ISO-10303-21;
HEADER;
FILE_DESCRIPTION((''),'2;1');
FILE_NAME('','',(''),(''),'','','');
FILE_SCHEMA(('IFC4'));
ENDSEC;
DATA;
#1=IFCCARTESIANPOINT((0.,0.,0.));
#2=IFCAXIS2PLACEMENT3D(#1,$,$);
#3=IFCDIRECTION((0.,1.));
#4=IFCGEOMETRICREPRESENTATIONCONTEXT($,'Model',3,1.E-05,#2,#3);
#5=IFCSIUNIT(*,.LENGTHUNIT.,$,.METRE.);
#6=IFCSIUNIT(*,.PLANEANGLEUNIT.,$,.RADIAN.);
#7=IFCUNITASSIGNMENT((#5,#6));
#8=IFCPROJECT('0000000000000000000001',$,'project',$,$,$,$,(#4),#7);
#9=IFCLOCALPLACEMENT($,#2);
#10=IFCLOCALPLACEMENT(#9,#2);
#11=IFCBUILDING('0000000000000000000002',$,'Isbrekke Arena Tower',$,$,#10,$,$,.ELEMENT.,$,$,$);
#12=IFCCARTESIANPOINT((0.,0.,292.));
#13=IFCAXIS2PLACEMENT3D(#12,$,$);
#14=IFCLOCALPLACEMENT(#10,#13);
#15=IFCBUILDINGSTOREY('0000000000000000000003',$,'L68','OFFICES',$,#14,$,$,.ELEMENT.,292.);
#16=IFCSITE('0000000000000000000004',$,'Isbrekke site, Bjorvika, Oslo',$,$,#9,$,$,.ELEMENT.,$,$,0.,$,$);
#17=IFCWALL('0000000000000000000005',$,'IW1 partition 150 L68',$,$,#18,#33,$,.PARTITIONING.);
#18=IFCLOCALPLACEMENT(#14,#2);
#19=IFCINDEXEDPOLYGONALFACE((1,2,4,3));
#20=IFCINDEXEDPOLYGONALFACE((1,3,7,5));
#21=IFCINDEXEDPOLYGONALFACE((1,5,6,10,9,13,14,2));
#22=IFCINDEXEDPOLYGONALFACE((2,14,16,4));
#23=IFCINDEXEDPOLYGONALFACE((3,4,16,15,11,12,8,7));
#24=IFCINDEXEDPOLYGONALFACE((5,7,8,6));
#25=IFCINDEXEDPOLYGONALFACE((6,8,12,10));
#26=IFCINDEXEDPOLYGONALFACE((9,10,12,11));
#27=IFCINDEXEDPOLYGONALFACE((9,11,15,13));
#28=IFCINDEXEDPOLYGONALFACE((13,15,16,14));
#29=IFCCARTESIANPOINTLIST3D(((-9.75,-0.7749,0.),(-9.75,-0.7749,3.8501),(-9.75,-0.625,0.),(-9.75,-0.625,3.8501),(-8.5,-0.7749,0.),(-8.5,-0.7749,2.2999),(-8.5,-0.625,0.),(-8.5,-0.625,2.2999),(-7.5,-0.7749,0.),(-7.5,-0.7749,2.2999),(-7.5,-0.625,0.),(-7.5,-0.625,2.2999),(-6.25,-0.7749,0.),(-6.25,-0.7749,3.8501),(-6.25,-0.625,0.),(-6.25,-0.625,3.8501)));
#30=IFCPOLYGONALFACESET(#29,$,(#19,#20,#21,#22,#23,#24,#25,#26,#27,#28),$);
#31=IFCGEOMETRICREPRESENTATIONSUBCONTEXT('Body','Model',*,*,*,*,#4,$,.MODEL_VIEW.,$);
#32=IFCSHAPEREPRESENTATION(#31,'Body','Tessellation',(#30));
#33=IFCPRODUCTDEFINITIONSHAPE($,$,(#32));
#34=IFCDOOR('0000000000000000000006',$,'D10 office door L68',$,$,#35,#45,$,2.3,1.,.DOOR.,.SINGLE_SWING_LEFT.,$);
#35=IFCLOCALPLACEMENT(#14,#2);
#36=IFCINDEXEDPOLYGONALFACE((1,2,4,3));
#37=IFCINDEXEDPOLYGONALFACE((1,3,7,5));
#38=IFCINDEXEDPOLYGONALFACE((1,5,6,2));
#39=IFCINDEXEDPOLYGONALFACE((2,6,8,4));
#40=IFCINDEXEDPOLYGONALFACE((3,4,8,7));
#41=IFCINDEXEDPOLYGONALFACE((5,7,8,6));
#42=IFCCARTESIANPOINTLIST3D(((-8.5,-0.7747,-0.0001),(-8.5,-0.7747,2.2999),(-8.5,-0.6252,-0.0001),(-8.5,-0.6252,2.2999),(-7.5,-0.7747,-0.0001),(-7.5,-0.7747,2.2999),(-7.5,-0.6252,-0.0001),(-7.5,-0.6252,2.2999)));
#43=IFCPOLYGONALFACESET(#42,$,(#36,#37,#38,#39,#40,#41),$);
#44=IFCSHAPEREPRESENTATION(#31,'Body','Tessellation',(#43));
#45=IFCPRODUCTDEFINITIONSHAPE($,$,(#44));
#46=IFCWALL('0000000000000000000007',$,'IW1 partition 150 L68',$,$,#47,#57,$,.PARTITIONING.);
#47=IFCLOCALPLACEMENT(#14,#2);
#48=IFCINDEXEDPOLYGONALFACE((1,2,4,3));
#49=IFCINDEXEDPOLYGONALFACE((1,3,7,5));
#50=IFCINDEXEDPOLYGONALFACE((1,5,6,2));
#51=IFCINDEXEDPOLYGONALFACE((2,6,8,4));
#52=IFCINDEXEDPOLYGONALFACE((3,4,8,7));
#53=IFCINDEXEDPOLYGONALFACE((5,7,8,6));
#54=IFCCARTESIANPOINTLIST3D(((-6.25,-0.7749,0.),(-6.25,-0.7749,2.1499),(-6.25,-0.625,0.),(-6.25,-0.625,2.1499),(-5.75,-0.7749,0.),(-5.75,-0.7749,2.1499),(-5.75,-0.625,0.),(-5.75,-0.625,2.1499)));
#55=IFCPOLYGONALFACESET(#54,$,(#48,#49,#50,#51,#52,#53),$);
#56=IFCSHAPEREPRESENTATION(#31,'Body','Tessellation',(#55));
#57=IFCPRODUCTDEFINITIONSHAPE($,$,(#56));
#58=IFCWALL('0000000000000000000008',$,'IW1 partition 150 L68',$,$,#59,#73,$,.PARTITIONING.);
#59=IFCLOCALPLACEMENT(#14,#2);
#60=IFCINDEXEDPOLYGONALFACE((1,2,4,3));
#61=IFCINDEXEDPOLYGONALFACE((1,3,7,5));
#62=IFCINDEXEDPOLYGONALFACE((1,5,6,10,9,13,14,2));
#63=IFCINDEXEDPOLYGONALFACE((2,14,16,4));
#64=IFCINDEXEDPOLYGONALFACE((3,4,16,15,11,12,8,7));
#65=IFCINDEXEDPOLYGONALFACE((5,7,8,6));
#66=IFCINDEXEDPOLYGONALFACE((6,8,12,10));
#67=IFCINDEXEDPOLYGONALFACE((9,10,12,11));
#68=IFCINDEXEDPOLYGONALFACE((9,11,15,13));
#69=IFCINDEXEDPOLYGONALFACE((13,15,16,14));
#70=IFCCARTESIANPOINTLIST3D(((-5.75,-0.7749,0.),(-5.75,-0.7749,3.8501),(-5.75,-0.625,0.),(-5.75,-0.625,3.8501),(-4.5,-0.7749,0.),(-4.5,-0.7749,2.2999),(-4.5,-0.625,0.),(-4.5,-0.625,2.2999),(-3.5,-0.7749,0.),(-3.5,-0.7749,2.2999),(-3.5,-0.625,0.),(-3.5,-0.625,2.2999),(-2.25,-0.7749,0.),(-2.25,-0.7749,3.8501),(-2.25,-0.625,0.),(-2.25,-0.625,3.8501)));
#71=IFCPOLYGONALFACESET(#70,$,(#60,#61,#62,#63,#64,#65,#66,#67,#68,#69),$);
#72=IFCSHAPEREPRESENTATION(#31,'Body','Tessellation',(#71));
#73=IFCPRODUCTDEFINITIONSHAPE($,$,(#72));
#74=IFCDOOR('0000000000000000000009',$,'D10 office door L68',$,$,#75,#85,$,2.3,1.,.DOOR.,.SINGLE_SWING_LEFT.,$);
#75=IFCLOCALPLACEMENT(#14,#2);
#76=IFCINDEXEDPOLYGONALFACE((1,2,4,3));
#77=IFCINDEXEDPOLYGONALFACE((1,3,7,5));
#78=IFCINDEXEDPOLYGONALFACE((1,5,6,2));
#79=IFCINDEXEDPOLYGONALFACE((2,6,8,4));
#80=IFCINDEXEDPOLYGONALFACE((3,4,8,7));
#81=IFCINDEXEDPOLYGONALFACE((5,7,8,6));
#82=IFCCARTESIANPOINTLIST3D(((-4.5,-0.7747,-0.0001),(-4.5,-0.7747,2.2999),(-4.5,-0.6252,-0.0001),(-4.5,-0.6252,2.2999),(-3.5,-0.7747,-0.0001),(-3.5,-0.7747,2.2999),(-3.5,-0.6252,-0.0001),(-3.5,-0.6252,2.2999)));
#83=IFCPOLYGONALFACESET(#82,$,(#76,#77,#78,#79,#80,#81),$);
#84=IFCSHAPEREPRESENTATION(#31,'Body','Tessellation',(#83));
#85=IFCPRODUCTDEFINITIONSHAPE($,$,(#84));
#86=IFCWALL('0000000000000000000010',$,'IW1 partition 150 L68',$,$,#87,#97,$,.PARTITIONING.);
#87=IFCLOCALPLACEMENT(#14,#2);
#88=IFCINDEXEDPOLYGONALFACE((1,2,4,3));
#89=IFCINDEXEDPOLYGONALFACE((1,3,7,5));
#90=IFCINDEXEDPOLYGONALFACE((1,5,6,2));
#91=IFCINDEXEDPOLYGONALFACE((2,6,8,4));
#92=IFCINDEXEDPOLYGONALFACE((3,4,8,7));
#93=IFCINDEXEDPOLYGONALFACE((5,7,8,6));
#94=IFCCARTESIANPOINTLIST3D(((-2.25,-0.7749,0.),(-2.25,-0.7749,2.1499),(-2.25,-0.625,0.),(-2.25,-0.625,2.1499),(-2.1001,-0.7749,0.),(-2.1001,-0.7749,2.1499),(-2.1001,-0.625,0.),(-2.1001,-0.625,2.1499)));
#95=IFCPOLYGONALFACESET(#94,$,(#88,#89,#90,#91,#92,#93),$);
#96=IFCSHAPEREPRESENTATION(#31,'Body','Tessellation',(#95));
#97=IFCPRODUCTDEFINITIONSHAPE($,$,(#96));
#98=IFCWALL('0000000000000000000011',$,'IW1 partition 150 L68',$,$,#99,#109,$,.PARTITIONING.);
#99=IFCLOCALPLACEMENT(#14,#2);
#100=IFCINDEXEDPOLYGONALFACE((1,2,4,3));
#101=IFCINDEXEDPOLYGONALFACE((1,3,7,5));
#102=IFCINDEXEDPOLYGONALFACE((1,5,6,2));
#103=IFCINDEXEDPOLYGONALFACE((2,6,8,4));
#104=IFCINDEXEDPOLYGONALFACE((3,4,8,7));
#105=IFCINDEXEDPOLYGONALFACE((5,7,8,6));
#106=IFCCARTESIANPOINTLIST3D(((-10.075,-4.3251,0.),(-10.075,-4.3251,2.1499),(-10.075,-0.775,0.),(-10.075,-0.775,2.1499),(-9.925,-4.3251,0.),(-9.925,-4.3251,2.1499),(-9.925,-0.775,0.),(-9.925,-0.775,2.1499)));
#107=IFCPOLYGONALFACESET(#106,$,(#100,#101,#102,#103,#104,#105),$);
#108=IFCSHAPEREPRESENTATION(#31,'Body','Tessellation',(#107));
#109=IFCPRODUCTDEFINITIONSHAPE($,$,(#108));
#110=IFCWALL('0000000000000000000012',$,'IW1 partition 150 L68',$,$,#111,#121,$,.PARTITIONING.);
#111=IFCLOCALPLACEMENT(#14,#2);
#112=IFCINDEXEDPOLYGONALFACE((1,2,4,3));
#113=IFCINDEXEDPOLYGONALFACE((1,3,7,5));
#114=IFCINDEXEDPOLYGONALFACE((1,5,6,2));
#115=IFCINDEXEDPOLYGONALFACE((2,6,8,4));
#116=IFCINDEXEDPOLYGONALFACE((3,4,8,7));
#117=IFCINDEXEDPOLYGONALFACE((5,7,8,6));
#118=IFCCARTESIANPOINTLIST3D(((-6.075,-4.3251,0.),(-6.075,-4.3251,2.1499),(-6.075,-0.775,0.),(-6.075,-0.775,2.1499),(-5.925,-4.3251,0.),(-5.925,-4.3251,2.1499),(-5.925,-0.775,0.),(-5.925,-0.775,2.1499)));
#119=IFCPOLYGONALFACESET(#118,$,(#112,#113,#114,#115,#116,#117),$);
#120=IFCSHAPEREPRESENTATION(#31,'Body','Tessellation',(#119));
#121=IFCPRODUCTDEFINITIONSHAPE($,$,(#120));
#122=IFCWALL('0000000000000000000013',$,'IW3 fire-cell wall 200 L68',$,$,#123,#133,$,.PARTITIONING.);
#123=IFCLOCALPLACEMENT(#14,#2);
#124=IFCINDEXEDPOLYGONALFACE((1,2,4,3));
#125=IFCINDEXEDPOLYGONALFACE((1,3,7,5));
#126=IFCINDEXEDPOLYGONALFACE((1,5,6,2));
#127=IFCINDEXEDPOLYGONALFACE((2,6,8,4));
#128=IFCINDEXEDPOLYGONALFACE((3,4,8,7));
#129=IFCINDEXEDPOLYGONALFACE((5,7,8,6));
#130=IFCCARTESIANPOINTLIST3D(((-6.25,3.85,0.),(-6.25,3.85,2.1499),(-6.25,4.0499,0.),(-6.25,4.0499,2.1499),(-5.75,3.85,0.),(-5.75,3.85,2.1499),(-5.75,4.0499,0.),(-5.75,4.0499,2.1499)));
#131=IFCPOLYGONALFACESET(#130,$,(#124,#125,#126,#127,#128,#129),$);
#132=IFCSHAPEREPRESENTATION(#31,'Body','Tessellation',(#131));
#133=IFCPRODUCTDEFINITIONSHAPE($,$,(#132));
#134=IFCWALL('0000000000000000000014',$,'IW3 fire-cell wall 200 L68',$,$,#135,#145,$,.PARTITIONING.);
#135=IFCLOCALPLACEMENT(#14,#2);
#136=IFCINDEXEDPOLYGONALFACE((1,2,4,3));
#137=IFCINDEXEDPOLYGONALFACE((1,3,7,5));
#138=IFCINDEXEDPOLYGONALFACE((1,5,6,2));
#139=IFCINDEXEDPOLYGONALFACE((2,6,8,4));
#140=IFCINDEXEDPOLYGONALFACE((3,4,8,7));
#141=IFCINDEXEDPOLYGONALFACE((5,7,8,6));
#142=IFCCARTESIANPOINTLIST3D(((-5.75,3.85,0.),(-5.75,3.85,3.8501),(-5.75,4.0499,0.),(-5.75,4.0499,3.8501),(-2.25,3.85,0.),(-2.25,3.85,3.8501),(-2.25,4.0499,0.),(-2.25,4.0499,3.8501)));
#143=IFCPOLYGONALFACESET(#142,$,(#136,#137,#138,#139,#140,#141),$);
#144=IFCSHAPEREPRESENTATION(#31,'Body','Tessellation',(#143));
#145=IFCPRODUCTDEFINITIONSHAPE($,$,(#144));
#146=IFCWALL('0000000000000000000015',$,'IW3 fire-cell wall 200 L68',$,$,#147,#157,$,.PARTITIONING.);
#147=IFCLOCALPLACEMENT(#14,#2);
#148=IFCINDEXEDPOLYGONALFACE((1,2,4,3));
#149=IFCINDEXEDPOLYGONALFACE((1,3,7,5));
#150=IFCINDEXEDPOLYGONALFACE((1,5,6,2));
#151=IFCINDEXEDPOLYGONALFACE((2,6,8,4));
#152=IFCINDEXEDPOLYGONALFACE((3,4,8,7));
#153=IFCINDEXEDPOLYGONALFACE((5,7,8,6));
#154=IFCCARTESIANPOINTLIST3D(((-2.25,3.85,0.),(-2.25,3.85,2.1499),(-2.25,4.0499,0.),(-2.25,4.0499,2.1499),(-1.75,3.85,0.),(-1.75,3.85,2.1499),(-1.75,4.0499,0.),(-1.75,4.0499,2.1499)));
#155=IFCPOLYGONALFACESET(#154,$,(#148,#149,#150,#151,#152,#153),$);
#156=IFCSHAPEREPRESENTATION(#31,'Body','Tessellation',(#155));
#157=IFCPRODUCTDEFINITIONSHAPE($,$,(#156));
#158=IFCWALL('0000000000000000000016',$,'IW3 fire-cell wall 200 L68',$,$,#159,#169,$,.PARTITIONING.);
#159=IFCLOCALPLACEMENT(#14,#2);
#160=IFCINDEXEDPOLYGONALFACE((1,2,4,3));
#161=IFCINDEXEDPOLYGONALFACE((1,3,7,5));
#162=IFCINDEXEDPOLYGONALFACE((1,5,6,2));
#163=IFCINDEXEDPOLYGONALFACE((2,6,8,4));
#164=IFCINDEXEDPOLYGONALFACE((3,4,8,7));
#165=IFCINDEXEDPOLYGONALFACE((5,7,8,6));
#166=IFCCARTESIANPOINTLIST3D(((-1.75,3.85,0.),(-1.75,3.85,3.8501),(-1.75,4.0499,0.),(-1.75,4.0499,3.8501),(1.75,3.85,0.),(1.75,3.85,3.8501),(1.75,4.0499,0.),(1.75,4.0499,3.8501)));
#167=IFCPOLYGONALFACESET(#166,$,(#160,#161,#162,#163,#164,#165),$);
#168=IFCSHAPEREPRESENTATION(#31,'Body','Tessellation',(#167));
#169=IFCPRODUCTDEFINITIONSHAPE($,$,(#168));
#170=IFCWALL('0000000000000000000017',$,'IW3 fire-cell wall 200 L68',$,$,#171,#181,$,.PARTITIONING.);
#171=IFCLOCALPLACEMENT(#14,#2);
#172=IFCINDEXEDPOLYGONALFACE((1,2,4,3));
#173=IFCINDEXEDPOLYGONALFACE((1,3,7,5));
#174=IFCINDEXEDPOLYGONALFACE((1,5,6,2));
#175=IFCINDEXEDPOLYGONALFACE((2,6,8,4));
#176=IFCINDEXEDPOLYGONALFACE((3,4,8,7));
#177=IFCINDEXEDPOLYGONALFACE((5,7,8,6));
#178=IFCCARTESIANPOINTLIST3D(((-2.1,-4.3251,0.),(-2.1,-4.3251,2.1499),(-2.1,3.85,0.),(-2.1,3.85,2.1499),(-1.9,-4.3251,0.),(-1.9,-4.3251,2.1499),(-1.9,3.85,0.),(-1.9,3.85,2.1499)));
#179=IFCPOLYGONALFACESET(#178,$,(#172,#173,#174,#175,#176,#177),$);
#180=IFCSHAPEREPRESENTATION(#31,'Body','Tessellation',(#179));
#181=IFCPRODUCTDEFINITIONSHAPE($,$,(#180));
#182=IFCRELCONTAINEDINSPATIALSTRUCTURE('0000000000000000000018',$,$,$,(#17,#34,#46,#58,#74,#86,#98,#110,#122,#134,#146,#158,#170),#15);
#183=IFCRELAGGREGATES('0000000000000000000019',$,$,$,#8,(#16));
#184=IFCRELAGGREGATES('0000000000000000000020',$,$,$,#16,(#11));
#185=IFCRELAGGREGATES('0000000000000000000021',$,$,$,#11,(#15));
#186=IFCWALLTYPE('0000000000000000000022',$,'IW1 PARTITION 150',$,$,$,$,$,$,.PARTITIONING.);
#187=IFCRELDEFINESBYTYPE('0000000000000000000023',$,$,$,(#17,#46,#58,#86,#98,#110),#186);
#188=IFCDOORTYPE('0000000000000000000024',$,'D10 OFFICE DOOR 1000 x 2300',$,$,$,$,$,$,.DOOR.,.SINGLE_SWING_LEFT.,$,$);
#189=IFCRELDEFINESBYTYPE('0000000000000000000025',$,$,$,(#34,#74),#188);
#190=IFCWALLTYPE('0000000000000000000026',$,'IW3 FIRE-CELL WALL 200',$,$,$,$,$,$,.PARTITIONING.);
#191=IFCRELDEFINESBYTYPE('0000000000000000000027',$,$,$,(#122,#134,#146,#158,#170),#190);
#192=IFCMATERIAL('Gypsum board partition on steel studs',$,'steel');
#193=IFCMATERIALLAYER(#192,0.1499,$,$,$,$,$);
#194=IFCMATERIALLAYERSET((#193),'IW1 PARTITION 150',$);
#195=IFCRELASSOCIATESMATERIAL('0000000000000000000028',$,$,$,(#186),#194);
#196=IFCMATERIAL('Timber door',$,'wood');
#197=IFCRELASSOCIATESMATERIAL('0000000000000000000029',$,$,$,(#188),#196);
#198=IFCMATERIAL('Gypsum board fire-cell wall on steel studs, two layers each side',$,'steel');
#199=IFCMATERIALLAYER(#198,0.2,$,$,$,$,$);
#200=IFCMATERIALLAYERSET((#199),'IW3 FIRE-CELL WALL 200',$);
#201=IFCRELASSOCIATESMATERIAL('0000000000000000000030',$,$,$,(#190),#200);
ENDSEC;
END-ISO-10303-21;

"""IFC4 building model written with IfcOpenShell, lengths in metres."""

from ifc_helpers import new_model, si_unit, direction, frame, frame_2d, origin, place, context, subcontext, project, spatial, rectangle, extrude, material, layer, layer_set, type_object, element, fill, save


model = new_model("IFC4")

# Units and contexts
model_context = context("Model", 3, precision=1e-05, world=origin(), true_north=direction((0.0, 1.0)))
body_context = subcontext(model_context, "Body", "Model", "MODEL_VIEW")
ifc_project = project(units=[si_unit("LENGTHUNIT", "METRE"), si_unit("PLANEANGLEUNIT", "RADIAN")], contexts=[model_context])

# Site, building, storey
site_placement = place(None, origin())
site = spatial("IfcSite", under=ifc_project, at=site_placement, Name="Isbrekke site, Bjorvika, Oslo", CompositionType="ELEMENT", RefElevation=0.0)
building_placement = place(site_placement, origin())
building = spatial("IfcBuilding", under=site, at=building_placement, Name="Isbrekke Arena Tower", CompositionType="ELEMENT")
storey_placement = place(building_placement, frame((0.0, 0.0, 292.0)))
storey = spatial("IfcBuildingStorey", under=building, at=storey_placement, Name="L68", Description="OFFICES", CompositionType="ELEMENT", Elevation=292.0)

# Wall, opening, door
ifc_material_1 = material(Name="Gypsum board partition on steel studs", Category="steel")
ifc_layer_1 = layer(ifc_material_1, 0.1499)
ifc_layer_set_1 = layer_set([ifc_layer_1], Name="IW1 PARTITION 150")
wall_type_1 = type_object("IfcWallType", Name="IW1 PARTITION 150", PredefinedType="PARTITIONING", material=ifc_layer_set_1)
wall_1_placement = place(storey_placement, frame((-9.75, -0.7, 0.0), z_axis=(0.0, 0.0, 1.0), x_axis=(1.0, 0.0, 0.0)))
wall_1 = element("IfcWall", 1, at=wall_1_placement, inside=storey, type_object=wall_type_1, Name="IW1 partition 150 L68", PredefinedType="PARTITIONING", context=body_context, shape_type="SweptSolid", body=[
    extrude(rectangle(XDim=3.5, YDim=0.1499, at=frame_2d((1.75, 0.0))), origin(), (0.0, 0.0, 1.0), 3.8501),
])
opening_1_placement = place(wall_1_placement, frame((1.25, 0.0, 0.0)))
opening_1 = element("IfcOpeningElement", 2, at=opening_1_placement, cuts=wall_1, PredefinedType="OPENING", context=body_context, shape_type="SweptSolid", body=[
    extrude(rectangle(XDim=1.0, YDim=2.3, at=frame_2d((0.5, 1.1499))), frame((0.0, 0.0898, 0.0), z_axis=(0.0, -1.0, 0.0), x_axis=(1.0, 0.0, 0.0)), (0.0, 0.0, 1.0), 0.1797),
])
ifc_material_2 = material(Name="Timber door", Category="wood")
door_type_1 = type_object("IfcDoorType", Name="D10 OFFICE DOOR 1000 x 2300", OperationType="SINGLE_SWING_LEFT", PredefinedType="DOOR", material=ifc_material_2)
door_1_placement = place(opening_1_placement, origin())
door_1 = element("IfcDoor", 3, at=door_1_placement, inside=storey, type_object=door_type_1, Name="D10 office door L68", OperationType="SINGLE_SWING_LEFT", OverallHeight=2.3, OverallWidth=1.0, PredefinedType="DOOR", context=body_context, shape_type="SweptSolid", body=[
    extrude(rectangle(XDim=1.0, YDim=2.3, at=frame_2d((0.5, 1.1499))), frame((0.0, 0.0747, 0.0), z_axis=(0.0, -1.0, 0.0), x_axis=(1.0, 0.0, 0.0)), (0.0, 0.0, 1.0), 0.1494),
])
fill(opening_1, door_1)

# Wall
wall_2_placement = place(storey_placement, frame((-6.25, -0.7, 0.0), z_axis=(0.0, 0.0, 1.0), x_axis=(1.0, 0.0, 0.0)))
element("IfcWall", 4, at=wall_2_placement, inside=storey, type_object=wall_type_1, Name="IW1 partition 150 L68", PredefinedType="PARTITIONING", context=body_context, shape_type="SweptSolid", body=[
    extrude(rectangle(XDim=0.5, YDim=0.1499, at=frame_2d((0.25, 0.0))), origin(), (0.0, 0.0, 1.0), 2.1499),
])

# Wall, opening, door
wall_3_placement = place(storey_placement, frame((-5.75, -0.7, 0.0), z_axis=(0.0, 0.0, 1.0), x_axis=(1.0, 0.0, 0.0)))
wall_3 = element("IfcWall", 5, at=wall_3_placement, inside=storey, type_object=wall_type_1, Name="IW1 partition 150 L68", PredefinedType="PARTITIONING", context=body_context, shape_type="SweptSolid", body=[
    extrude(rectangle(XDim=3.5, YDim=0.1499, at=frame_2d((1.75, 0.0))), origin(), (0.0, 0.0, 1.0), 3.8501),
])
opening_2_placement = place(wall_3_placement, frame((1.25, 0.0, 0.0)))
opening_2 = element("IfcOpeningElement", 6, at=opening_2_placement, cuts=wall_3, PredefinedType="OPENING", context=body_context, shape_type="SweptSolid", body=[
    extrude(rectangle(XDim=1.0, YDim=2.3, at=frame_2d((0.5, 1.1499))), frame((0.0, 0.0898, 0.0), z_axis=(0.0, -1.0, 0.0), x_axis=(1.0, 0.0, 0.0)), (0.0, 0.0, 1.0), 0.1797),
])
door_2_placement = place(opening_2_placement, origin())
door_2 = element("IfcDoor", 7, at=door_2_placement, inside=storey, type_object=door_type_1, Name="D10 office door L68", OperationType="SINGLE_SWING_LEFT", OverallHeight=2.3, OverallWidth=1.0, PredefinedType="DOOR", context=body_context, shape_type="SweptSolid", body=[
    extrude(rectangle(XDim=1.0, YDim=2.3, at=frame_2d((0.5, 1.1499))), frame((0.0, 0.0747, 0.0), z_axis=(0.0, -1.0, 0.0), x_axis=(1.0, 0.0, 0.0)), (0.0, 0.0, 1.0), 0.1494),
])
fill(opening_2, door_2)

# Walls
wall_4_placement = place(storey_placement, frame((-2.25, -0.7, 0.0), z_axis=(0.0, 0.0, 1.0), x_axis=(1.0, 0.0, 0.0)))
element("IfcWall", 8, at=wall_4_placement, inside=storey, type_object=wall_type_1, Name="IW1 partition 150 L68", PredefinedType="PARTITIONING", context=body_context, shape_type="SweptSolid", body=[
    extrude(rectangle(XDim=0.1499, YDim=0.1499, at=frame_2d((0.075, 0.0))), origin(), (0.0, 0.0, 1.0), 2.1499),
])
for number, where, z_axis, x_axis, name in (
    (9, (-10.0, -4.325, 0.0), (0.0, 0.0, 1.0), (0.0, 1.0, 0.0), "IW1 partition 150 L68"),
    (10, (-6.0, -4.325, 0.0), (0.0, 0.0, 1.0), (0.0, 1.0, 0.0), "IW1 partition 150 L68"),
):
    element("IfcWall", number, at=place(storey_placement, frame(where, z_axis=z_axis, x_axis=x_axis)), inside=storey, type_object=wall_type_1, Name=name, PredefinedType="PARTITIONING", context=body_context, shape_type="SweptSolid", body=[
        extrude(rectangle(XDim=3.55, YDim=0.1499, at=frame_2d((1.7749, 0.0))), origin(), (0.0, 0.0, 1.0), 2.1499),
    ])

# Shared definitions
ifc_material_3 = material(Name="Gypsum board fire-cell wall on steel studs, two layers each side", Category="steel")
ifc_layer_2 = layer(ifc_material_3, 0.2)
ifc_layer_set_2 = layer_set([ifc_layer_2], Name="IW3 FIRE-CELL WALL 200")
wall_type_2 = type_object("IfcWallType", Name="IW3 FIRE-CELL WALL 200", PredefinedType="PARTITIONING", material=ifc_layer_set_2)

# Walls
wall_5_placement = place(storey_placement, frame((-6.25, 3.95, 0.0), z_axis=(0.0, 0.0, 1.0), x_axis=(1.0, 0.0, 0.0)))
element("IfcWall", 11, at=wall_5_placement, inside=storey, type_object=wall_type_2, Name="IW3 fire-cell wall 200 L68", PredefinedType="PARTITIONING", context=body_context, shape_type="SweptSolid", body=[
    extrude(rectangle(XDim=0.5, YDim=0.2, at=frame_2d((0.25, 0.0))), origin(), (0.0, 0.0, 1.0), 2.1499),
])
wall_6_placement = place(storey_placement, frame((-5.75, 3.95, 0.0), z_axis=(0.0, 0.0, 1.0), x_axis=(1.0, 0.0, 0.0)))
element("IfcWall", 12, at=wall_6_placement, inside=storey, type_object=wall_type_2, Name="IW3 fire-cell wall 200 L68", PredefinedType="PARTITIONING", context=body_context, shape_type="SweptSolid", body=[
    extrude(rectangle(XDim=3.5, YDim=0.2, at=frame_2d((1.75, 0.0))), origin(), (0.0, 0.0, 1.0), 3.8501),
])
wall_7_placement = place(storey_placement, frame((-2.25, 3.95, 0.0), z_axis=(0.0, 0.0, 1.0), x_axis=(1.0, 0.0, 0.0)))
element("IfcWall", 13, at=wall_7_placement, inside=storey, type_object=wall_type_2, Name="IW3 fire-cell wall 200 L68", PredefinedType="PARTITIONING", context=body_context, shape_type="SweptSolid", body=[
    extrude(rectangle(XDim=0.5, YDim=0.2, at=frame_2d((0.25, 0.0))), origin(), (0.0, 0.0, 1.0), 2.1499),
])
wall_8_placement = place(storey_placement, frame((-1.75, 3.95, 0.0), z_axis=(0.0, 0.0, 1.0), x_axis=(1.0, 0.0, 0.0)))
element("IfcWall", 14, at=wall_8_placement, inside=storey, type_object=wall_type_2, Name="IW3 fire-cell wall 200 L68", PredefinedType="PARTITIONING", context=body_context, shape_type="SweptSolid", body=[
    extrude(rectangle(XDim=3.5, YDim=0.2, at=frame_2d((1.75, 0.0))), origin(), (0.0, 0.0, 1.0), 3.8501),
])
wall_9_placement = place(storey_placement, frame((-2.0, -4.325, 0.0), z_axis=(0.0, 0.0, 1.0), x_axis=(0.0, 1.0, 0.0)))
element("IfcWall", 15, at=wall_9_placement, inside=storey, type_object=wall_type_2, Name="IW3 fire-cell wall 200 L68", PredefinedType="PARTITIONING", context=body_context, shape_type="SweptSolid", body=[
    extrude(rectangle(XDim=8.175, YDim=0.2, at=frame_2d((4.0874, 0.0))), origin(), (0.0, 0.0, 1.0), 2.1499),
])

save(model, "model.ifc")
